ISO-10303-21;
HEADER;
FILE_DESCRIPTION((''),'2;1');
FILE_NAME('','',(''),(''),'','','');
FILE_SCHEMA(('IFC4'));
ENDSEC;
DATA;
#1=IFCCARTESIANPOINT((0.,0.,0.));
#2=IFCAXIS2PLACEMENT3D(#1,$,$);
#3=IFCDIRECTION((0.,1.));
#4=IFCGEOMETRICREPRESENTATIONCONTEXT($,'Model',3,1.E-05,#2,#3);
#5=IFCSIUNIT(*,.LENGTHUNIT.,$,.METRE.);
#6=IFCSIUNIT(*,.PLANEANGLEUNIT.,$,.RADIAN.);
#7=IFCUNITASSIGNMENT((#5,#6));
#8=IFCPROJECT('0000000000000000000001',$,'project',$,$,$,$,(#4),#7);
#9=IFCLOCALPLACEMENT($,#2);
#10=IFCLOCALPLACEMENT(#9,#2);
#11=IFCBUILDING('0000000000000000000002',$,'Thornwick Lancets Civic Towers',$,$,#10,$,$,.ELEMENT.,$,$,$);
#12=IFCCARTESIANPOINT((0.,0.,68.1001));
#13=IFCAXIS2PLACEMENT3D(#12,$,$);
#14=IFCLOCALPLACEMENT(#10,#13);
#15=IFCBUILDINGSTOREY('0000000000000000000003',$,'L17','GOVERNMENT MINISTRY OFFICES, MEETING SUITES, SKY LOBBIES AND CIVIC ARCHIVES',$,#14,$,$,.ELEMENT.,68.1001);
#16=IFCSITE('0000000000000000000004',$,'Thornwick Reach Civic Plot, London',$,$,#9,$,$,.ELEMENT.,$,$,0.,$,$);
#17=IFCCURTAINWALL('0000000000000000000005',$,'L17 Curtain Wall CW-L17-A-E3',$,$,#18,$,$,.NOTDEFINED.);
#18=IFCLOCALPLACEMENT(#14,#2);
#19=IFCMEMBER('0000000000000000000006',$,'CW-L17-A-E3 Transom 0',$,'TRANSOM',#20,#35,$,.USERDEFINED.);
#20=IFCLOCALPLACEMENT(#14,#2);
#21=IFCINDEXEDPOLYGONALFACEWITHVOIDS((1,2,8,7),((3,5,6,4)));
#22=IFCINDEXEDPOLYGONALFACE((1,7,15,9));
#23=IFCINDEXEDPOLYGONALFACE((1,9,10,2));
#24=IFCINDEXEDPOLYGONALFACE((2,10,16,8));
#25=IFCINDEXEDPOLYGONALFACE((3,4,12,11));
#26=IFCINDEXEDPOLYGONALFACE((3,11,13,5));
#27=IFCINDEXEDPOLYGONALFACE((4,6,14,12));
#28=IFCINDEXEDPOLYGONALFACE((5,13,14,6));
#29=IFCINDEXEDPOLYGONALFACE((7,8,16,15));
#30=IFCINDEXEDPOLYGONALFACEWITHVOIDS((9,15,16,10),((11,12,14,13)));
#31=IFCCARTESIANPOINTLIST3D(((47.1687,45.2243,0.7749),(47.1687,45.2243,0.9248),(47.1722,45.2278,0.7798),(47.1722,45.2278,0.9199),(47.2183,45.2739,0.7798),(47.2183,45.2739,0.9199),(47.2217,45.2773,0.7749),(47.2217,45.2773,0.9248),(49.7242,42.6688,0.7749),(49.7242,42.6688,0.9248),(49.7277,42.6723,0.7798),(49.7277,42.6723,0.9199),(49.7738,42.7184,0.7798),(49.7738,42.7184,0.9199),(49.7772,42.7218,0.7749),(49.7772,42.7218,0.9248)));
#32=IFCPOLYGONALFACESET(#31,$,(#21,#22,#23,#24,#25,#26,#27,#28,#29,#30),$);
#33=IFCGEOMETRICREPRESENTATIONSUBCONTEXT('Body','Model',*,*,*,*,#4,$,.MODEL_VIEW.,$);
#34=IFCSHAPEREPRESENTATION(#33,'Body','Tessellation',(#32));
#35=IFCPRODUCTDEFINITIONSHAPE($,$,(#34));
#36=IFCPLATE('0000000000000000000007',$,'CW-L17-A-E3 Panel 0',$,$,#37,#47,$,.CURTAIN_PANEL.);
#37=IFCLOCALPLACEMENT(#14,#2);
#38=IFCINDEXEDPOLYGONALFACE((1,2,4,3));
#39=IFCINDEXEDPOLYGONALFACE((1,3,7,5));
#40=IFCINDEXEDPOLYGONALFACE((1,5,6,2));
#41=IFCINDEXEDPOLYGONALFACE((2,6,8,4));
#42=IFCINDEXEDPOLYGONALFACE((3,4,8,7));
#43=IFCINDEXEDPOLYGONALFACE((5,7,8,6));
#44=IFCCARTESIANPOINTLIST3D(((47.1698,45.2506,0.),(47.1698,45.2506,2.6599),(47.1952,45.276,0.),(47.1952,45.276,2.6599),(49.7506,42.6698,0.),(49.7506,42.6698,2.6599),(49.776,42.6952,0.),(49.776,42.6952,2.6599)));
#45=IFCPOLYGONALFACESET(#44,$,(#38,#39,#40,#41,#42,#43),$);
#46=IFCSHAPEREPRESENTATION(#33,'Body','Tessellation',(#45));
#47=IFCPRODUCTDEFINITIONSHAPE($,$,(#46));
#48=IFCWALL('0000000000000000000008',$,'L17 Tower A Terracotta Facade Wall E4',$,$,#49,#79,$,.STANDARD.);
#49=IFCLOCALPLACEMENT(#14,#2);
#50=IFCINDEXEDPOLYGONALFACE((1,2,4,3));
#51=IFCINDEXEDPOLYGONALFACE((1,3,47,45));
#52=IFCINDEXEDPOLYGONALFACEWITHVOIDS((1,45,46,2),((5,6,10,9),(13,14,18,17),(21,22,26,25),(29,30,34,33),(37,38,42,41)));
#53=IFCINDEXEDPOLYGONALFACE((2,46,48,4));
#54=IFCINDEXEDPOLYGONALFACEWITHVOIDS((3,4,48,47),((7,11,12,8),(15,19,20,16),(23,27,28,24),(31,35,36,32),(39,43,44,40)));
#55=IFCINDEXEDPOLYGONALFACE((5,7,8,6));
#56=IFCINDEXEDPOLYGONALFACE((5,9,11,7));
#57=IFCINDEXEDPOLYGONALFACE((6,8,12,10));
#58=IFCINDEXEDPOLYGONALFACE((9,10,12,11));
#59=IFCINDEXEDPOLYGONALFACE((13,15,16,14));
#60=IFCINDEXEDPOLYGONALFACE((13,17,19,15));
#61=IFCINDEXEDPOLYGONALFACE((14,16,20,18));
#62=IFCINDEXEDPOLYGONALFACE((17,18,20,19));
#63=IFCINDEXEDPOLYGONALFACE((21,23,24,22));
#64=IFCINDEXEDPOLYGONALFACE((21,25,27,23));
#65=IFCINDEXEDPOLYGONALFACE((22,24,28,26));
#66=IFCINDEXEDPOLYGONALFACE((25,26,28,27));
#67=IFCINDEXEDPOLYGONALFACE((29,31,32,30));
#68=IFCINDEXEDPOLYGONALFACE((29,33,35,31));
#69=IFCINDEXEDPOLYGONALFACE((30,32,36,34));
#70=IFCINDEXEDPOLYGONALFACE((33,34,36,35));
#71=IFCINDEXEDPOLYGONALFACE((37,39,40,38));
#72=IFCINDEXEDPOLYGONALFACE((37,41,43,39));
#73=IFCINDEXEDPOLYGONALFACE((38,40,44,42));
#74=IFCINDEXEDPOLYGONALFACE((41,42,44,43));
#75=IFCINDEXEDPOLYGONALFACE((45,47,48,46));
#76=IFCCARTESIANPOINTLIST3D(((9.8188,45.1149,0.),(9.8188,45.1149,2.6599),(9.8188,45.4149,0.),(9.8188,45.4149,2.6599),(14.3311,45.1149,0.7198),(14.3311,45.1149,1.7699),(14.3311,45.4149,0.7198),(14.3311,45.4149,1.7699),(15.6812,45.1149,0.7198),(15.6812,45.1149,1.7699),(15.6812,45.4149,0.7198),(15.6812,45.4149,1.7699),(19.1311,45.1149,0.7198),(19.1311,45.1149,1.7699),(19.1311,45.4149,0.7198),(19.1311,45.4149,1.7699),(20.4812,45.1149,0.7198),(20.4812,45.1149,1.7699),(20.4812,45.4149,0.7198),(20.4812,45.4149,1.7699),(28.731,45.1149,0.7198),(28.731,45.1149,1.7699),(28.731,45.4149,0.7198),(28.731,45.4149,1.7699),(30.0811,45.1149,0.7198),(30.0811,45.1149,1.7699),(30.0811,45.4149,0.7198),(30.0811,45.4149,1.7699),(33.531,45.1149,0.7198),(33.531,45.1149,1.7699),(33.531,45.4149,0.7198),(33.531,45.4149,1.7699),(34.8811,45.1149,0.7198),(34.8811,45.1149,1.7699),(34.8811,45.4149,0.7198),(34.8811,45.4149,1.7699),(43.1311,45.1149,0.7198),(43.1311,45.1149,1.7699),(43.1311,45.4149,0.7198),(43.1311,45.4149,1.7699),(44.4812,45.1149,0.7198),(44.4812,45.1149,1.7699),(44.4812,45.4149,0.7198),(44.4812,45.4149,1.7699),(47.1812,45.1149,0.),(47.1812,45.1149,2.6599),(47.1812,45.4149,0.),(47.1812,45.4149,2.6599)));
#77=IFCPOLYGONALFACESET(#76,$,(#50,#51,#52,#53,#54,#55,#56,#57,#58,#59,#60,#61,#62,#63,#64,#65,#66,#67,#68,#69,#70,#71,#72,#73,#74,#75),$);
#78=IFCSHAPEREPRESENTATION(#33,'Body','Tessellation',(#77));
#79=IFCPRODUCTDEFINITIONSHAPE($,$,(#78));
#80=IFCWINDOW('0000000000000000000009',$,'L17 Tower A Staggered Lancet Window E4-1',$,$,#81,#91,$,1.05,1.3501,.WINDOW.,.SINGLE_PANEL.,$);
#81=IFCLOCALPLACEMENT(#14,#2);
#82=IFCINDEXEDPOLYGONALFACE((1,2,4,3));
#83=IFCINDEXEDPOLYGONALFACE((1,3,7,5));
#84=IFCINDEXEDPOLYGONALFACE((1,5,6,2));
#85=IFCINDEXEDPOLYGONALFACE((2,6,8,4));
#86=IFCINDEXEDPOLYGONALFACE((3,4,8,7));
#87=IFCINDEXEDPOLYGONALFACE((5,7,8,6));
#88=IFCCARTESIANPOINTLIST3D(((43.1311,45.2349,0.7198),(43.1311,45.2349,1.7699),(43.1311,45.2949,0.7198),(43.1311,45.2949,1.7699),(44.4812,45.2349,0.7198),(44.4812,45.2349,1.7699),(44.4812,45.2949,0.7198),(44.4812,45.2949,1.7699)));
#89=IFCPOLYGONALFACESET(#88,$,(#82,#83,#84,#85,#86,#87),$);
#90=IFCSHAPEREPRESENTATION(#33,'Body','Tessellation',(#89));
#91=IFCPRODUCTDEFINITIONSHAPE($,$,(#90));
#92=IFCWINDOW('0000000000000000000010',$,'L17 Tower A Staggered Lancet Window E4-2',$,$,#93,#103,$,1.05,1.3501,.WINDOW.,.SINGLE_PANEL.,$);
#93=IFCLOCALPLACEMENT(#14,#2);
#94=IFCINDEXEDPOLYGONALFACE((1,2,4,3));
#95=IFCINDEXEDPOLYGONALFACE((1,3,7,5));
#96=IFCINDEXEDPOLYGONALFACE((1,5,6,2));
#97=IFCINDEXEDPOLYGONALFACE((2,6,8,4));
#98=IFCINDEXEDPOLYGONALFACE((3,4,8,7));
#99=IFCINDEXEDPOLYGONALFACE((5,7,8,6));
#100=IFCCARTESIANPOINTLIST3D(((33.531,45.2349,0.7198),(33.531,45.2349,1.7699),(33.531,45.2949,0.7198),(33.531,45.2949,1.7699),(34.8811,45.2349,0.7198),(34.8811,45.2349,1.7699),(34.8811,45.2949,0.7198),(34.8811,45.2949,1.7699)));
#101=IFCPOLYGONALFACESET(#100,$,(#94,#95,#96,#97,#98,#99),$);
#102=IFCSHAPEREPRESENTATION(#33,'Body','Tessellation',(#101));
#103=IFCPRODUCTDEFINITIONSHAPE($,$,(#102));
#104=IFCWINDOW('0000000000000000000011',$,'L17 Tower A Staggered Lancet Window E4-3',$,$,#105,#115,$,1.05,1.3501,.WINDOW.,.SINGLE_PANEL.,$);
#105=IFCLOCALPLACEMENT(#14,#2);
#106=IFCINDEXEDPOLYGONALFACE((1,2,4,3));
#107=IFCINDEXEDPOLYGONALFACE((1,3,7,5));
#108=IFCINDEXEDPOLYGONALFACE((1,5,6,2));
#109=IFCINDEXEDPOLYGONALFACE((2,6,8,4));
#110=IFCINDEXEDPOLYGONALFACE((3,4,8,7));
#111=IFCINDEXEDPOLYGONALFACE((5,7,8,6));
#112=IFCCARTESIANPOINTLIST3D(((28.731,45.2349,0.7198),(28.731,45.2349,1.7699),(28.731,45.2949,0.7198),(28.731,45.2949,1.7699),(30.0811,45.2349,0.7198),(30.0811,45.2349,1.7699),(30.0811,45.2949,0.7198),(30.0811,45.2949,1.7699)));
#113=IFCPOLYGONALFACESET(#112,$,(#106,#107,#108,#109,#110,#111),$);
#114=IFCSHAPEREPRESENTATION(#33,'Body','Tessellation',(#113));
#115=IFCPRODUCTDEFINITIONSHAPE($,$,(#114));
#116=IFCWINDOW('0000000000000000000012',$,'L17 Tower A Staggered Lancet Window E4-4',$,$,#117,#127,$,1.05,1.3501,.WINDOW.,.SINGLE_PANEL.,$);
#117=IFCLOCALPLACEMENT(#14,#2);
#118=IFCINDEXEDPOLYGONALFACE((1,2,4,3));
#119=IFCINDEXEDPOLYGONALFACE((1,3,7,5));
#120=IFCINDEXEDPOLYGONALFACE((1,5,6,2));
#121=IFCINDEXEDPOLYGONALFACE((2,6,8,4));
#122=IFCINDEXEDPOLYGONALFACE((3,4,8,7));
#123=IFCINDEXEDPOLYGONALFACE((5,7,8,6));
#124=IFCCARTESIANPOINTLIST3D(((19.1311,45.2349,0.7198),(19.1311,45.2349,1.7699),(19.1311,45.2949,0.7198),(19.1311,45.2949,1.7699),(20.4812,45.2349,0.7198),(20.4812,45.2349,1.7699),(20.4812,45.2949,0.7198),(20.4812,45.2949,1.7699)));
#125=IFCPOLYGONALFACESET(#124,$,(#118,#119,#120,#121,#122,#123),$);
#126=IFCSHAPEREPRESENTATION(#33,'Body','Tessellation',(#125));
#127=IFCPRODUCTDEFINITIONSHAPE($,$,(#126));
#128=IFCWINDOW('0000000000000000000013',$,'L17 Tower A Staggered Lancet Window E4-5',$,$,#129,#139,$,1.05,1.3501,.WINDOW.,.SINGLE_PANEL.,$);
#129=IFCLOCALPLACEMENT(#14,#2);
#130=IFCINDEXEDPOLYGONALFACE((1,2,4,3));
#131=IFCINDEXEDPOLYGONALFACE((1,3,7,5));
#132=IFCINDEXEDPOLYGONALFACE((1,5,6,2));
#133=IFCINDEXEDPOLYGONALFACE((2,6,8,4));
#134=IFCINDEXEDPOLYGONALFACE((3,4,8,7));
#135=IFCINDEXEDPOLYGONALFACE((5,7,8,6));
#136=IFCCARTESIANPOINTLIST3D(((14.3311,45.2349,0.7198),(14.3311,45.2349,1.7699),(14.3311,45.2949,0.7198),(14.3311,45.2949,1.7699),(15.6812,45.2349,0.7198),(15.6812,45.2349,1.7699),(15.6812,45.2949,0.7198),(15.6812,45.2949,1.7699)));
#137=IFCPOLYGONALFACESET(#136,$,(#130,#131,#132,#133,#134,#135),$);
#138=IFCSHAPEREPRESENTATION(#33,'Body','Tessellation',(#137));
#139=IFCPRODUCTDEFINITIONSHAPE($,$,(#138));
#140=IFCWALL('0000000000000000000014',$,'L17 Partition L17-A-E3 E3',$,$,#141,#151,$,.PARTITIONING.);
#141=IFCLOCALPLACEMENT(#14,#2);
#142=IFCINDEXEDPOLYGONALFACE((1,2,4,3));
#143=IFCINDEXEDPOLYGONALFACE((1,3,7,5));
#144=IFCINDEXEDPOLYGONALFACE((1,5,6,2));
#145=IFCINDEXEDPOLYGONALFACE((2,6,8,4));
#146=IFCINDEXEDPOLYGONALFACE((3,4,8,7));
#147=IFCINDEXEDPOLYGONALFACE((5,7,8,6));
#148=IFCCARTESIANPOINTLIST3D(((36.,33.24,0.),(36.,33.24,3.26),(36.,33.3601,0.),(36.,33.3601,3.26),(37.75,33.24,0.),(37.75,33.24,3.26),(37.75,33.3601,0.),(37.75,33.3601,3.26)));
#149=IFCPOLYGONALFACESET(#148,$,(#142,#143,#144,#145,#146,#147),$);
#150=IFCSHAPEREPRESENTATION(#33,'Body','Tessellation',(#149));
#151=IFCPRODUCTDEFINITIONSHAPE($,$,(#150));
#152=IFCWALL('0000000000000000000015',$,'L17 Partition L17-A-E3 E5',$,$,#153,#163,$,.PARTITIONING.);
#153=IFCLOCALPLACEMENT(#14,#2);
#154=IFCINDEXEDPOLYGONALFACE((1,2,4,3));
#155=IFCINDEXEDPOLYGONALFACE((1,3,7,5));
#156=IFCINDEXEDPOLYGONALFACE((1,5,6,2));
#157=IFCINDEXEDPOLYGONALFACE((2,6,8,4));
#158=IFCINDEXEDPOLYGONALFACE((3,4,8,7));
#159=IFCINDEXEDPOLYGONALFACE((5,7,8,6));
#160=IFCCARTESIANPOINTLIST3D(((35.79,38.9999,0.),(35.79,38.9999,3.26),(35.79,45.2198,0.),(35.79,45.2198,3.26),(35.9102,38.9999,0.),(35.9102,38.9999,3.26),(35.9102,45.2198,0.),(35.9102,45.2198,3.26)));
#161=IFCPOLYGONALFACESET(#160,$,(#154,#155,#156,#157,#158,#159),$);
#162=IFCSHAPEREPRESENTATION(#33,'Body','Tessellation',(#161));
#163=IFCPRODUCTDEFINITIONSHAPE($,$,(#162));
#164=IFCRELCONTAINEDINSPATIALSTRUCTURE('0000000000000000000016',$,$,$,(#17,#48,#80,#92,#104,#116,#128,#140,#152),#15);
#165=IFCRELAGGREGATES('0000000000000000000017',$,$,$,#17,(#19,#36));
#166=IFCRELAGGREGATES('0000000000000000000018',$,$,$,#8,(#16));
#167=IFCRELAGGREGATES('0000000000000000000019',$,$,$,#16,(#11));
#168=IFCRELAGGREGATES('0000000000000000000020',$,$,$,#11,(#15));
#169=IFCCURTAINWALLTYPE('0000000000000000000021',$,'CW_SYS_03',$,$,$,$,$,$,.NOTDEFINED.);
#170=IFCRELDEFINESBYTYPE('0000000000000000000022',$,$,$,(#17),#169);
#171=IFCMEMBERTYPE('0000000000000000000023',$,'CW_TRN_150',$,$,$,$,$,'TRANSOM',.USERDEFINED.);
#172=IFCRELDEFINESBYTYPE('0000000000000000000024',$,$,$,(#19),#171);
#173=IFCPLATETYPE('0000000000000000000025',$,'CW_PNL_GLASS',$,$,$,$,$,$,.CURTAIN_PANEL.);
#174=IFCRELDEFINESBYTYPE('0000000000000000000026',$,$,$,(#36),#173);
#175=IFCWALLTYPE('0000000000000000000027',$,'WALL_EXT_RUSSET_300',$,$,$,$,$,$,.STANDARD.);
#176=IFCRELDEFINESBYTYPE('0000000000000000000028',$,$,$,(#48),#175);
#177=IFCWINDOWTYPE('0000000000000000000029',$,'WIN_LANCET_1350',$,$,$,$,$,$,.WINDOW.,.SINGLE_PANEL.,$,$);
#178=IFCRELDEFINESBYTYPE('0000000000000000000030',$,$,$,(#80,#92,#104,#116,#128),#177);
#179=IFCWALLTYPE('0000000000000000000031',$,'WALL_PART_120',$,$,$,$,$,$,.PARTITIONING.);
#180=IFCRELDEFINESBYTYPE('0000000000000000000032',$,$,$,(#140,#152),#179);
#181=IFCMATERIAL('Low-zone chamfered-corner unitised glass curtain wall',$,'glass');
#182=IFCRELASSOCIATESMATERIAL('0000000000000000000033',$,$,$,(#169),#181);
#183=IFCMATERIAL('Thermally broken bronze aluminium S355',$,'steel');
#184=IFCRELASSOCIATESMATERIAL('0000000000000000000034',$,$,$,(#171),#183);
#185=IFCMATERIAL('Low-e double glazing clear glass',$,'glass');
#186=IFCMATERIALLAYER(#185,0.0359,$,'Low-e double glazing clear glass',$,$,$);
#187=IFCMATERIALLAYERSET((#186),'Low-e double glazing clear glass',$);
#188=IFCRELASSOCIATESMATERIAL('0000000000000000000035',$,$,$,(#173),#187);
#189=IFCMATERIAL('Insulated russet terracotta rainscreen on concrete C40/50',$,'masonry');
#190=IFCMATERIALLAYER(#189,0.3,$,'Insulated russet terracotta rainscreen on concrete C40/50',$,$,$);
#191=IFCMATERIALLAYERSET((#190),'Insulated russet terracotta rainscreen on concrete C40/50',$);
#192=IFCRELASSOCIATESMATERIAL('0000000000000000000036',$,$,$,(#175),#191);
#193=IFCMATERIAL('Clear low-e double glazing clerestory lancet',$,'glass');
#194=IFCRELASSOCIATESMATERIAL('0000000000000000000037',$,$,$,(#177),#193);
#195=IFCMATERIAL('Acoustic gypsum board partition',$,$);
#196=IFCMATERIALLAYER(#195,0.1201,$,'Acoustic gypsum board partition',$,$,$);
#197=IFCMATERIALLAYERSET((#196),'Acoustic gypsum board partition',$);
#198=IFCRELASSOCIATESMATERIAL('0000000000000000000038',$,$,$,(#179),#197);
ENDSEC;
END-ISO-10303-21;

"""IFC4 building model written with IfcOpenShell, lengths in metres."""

from ifc_helpers import new_model, si_unit, direction, frame, frame_2d, origin, origin_2d, place, context, subcontext, project, spatial, rectangle, hollow_rectangle, extrude, material, layer, layer_set, material_profile, profile_set, type_object, element, fill, aggregate, save


model = new_model("IFC4")

# Units and contexts
model_context = context("Model", 3, precision=1e-05, world=origin(), true_north=direction((0.0, 1.0)))
body_context = subcontext(model_context, "Body", "Model", "MODEL_VIEW")
ifc_project = project(units=[si_unit("LENGTHUNIT", "METRE"), si_unit("PLANEANGLEUNIT", "RADIAN")], contexts=[model_context])

# Site, building, storey
site_placement = place(None, origin())
site = spatial("IfcSite", under=ifc_project, at=site_placement, Name="Thornwick Reach Civic Plot, London", CompositionType="ELEMENT", RefElevation=0.0)
building_placement = place(site_placement, origin())
building = spatial("IfcBuilding", under=site, at=building_placement, Name="Thornwick Lancets Civic Towers", CompositionType="ELEMENT")
storey_placement = place(building_placement, frame((0.0, 0.0, 68.1001)))
storey = spatial("IfcBuildingStorey", under=building, at=storey_placement, Name="L17", Description="GOVERNMENT MINISTRY OFFICES, MEETING SUITES, SKY LOBBIES AND CIVIC ARCHIVES", CompositionType="ELEMENT", Elevation=68.1001)

# Curtain wall, member, plate
ifc_material_1 = material(Name="Low-zone chamfered-corner unitised glass curtain wall", Category="glass")
curtain_wall_type = type_object("IfcCurtainWallType", Name="CW_SYS_03", PredefinedType="NOTDEFINED", material=ifc_material_1)
curtain_wall_placement = place(storey_placement, origin())
curtain_wall = element("IfcCurtainWall", 1, at=curtain_wall_placement, inside=storey, type_object=curtain_wall_type, Name="L17 Curtain Wall CW-L17-A-E3", PredefinedType="NOTDEFINED")
ifc_material_2 = material(Name="Thermally broken bronze aluminium S355", Category="steel")
ifc_material_profile_1 = material_profile(ifc_material_2, hollow_rectangle(XDim=0.075, YDim=0.1499, WallThickness=0.0049, at=origin_2d()), Name="RHS 150x75x5")
ifc_profile_set_1 = profile_set([ifc_material_profile_1], Name="Thermally broken bronze aluminium S355")
member_type_1 = type_object("IfcMemberType", Name="CW_TRN_150", ElementType="TRANSOM", PredefinedType="USERDEFINED", material=ifc_profile_set_1)
member_1_placement = place(storey_placement, frame((49.7507, 42.6953, 0.8499), z_axis=(-0.707107, 0.707107, 0.0), x_axis=(-0.707107, -0.707107, 0.0)))
member_1 = element("IfcMember", 2, at=member_1_placement, type_object=member_type_1, Name="CW-L17-A-E3 Transom 0", ObjectType="TRANSOM", PredefinedType="USERDEFINED", context=body_context, shape_type="SweptSolid", body=[
    extrude(hollow_rectangle(XDim=0.075, YDim=0.1499, WallThickness=0.0049, at=origin_2d()), origin(), (0.0, 0.0, 1.0), 3.614),
])
ifc_material_3 = material(Name="Low-e double glazing clear glass", Category="glass")
ifc_layer_1 = layer(ifc_material_3, 0.0359, Name="Low-e double glazing clear glass")
ifc_layer_set_1 = layer_set([ifc_layer_1], Name="Low-e double glazing clear glass")
plate_type = type_object("IfcPlateType", Name="CW_PNL_GLASS", PredefinedType="CURTAIN_PANEL", material=ifc_layer_set_1)
plate_placement = place(storey_placement, frame((48.4729, 43.9729, 0.0), z_axis=(0.0, 0.0, 1.0), x_axis=(-0.707107, 0.707107, 0.0)))
plate = element("IfcPlate", 3, at=plate_placement, type_object=plate_type, Name="CW-L17-A-E3 Panel 0", PredefinedType="CURTAIN_PANEL", context=body_context, shape_type="SweptSolid", body=[
    extrude(rectangle(XDim=3.6499, YDim=0.0359, at=origin_2d()), origin(), (0.0, 0.0, 1.0), 2.6599),
])
aggregate(curtain_wall, [member_1, plate])

# Wall, openings, windows
ifc_material_4 = material(Name="Insulated russet terracotta rainscreen on concrete C40/50", Category="masonry")
ifc_layer_2 = layer(ifc_material_4, 0.3, Name="Insulated russet terracotta rainscreen on concrete C40/50")
ifc_layer_set_2 = layer_set([ifc_layer_2], Name="Insulated russet terracotta rainscreen on concrete C40/50")
wall_type_1 = type_object("IfcWallType", Name="WALL_EXT_RUSSET_300", PredefinedType="STANDARD", material=ifc_layer_set_2)
wall_1_placement = place(storey_placement, frame((47.1812, 45.2649, 0.0), z_axis=(0.0, 0.0, 1.0), x_axis=(-1.0, 0.0, 0.0)))
wall_1 = element("IfcWall", 4, at=wall_1_placement, inside=storey, type_object=wall_type_1, Name="L17 Tower A Terracotta Facade Wall E4", PredefinedType="STANDARD", context=body_context, shape_type="SweptSolid", body=[
    extrude(rectangle(XDim=37.3623, YDim=0.3, at=frame_2d((18.6812, 0.0))), origin(), (0.0, 0.0, 1.0), 2.6599),
])
opening_1_placement = place(wall_1_placement, frame((2.7, 0.0, 0.72)))
opening_1 = element("IfcOpeningElement", 5, at=opening_1_placement, cuts=wall_1, PredefinedType="OPENING", context=body_context, shape_type="SweptSolid", body=[
    extrude(rectangle(XDim=1.3501, YDim=1.05, at=frame_2d((0.675, 0.5249))), frame((0.0, 0.1602, 0.0), z_axis=(0.0, -1.0, 0.0), x_axis=(1.0, 0.0, 0.0)), (0.0, 0.0, 1.0), 0.3201),
])
opening_2_placement = place(wall_1_placement, frame((12.3, 0.0, 0.72)))
opening_2 = element("IfcOpeningElement", 6, at=opening_2_placement, cuts=wall_1, PredefinedType="OPENING", context=body_context, shape_type="SweptSolid", body=[
    extrude(rectangle(XDim=1.3501, YDim=1.05, at=frame_2d((0.675, 0.5249))), frame((0.0, 0.1602, 0.0), z_axis=(0.0, -1.0, 0.0), x_axis=(1.0, 0.0, 0.0)), (0.0, 0.0, 1.0), 0.3201),
])
opening_3_placement = place(wall_1_placement, frame((17.1001, 0.0, 0.72)))
opening_3 = element("IfcOpeningElement", 7, at=opening_3_placement, cuts=wall_1, PredefinedType="OPENING", context=body_context, shape_type="SweptSolid", body=[
    extrude(rectangle(XDim=1.3501, YDim=1.05, at=frame_2d((0.675, 0.5249))), frame((0.0, 0.1602, 0.0), z_axis=(0.0, -1.0, 0.0), x_axis=(1.0, 0.0, 0.0)), (0.0, 0.0, 1.0), 0.3201),
])
opening_4_placement = place(wall_1_placement, frame((26.7, 0.0, 0.72)))
opening_4 = element("IfcOpeningElement", 8, at=opening_4_placement, cuts=wall_1, PredefinedType="OPENING", context=body_context, shape_type="SweptSolid", body=[
    extrude(rectangle(XDim=1.3501, YDim=1.05, at=frame_2d((0.675, 0.5249))), frame((0.0, 0.1602, 0.0), z_axis=(0.0, -1.0, 0.0), x_axis=(1.0, 0.0, 0.0)), (0.0, 0.0, 1.0), 0.3201),
])
opening_5_placement = place(wall_1_placement, frame((31.5, 0.0, 0.72)))
opening_5 = element("IfcOpeningElement", 9, at=opening_5_placement, cuts=wall_1, PredefinedType="OPENING", context=body_context, shape_type="SweptSolid", body=[
    extrude(rectangle(XDim=1.3501, YDim=1.05, at=frame_2d((0.675, 0.5249))), frame((0.0, 0.1602, 0.0), z_axis=(0.0, -1.0, 0.0), x_axis=(1.0, 0.0, 0.0)), (0.0, 0.0, 1.0), 0.3201),
])
ifc_material_5 = material(Name="Clear low-e double glazing clerestory lancet", Category="glass")
window_type = type_object("IfcWindowType", Name="WIN_LANCET_1350", PartitioningType="SINGLE_PANEL", PredefinedType="WINDOW", material=ifc_material_5)
window_1_placement = place(opening_1_placement, origin())
window_1 = element("IfcWindow", 10, at=window_1_placement, inside=storey, type_object=window_type, Name="L17 Tower A Staggered Lancet Window E4-1", OverallHeight=1.05, OverallWidth=1.3501, PartitioningType="SINGLE_PANEL", PredefinedType="WINDOW", context=body_context, shape_type="SweptSolid", body=[
    extrude(rectangle(XDim=1.3501, YDim=1.05, at=frame_2d((0.675, 0.5249))), frame((0.0, 0.03, 0.0), z_axis=(0.0, -1.0, 0.0), x_axis=(1.0, 0.0, 0.0)), (0.0, 0.0, 1.0), 0.0601),
])
fill(opening_1, window_1)
window_2_placement = place(opening_2_placement, origin())
window_2 = element("IfcWindow", 11, at=window_2_placement, inside=storey, type_object=window_type, Name="L17 Tower A Staggered Lancet Window E4-2", OverallHeight=1.05, OverallWidth=1.3501, PartitioningType="SINGLE_PANEL", PredefinedType="WINDOW", context=body_context, shape_type="SweptSolid", body=[
    extrude(rectangle(XDim=1.3501, YDim=1.05, at=frame_2d((0.675, 0.5249))), frame((0.0, 0.03, 0.0), z_axis=(0.0, -1.0, 0.0), x_axis=(1.0, 0.0, 0.0)), (0.0, 0.0, 1.0), 0.0601),
])
fill(opening_2, window_2)
window_3_placement = place(opening_3_placement, origin())
window_3 = element("IfcWindow", 12, at=window_3_placement, inside=storey, type_object=window_type, Name="L17 Tower A Staggered Lancet Window E4-3", OverallHeight=1.05, OverallWidth=1.3501, PartitioningType="SINGLE_PANEL", PredefinedType="WINDOW", context=body_context, shape_type="SweptSolid", body=[
    extrude(rectangle(XDim=1.3501, YDim=1.05, at=frame_2d((0.675, 0.5249))), frame((0.0, 0.03, 0.0), z_axis=(0.0, -1.0, 0.0), x_axis=(1.0, 0.0, 0.0)), (0.0, 0.0, 1.0), 0.0601),
])
fill(opening_3, window_3)
window_4_placement = place(opening_4_placement, origin())
window_4 = element("IfcWindow", 13, at=window_4_placement, inside=storey, type_object=window_type, Name="L17 Tower A Staggered Lancet Window E4-4", OverallHeight=1.05, OverallWidth=1.3501, PartitioningType="SINGLE_PANEL", PredefinedType="WINDOW", context=body_context, shape_type="SweptSolid", body=[
    extrude(rectangle(XDim=1.3501, YDim=1.05, at=frame_2d((0.675, 0.5249))), frame((0.0, 0.03, 0.0), z_axis=(0.0, -1.0, 0.0), x_axis=(1.0, 0.0, 0.0)), (0.0, 0.0, 1.0), 0.0601),
])
fill(opening_4, window_4)
window_5_placement = place(opening_5_placement, origin())
window_5 = element("IfcWindow", 14, at=window_5_placement, inside=storey, type_object=window_type, Name="L17 Tower A Staggered Lancet Window E4-5", OverallHeight=1.05, OverallWidth=1.3501, PartitioningType="SINGLE_PANEL", PredefinedType="WINDOW", context=body_context, shape_type="SweptSolid", body=[
    extrude(rectangle(XDim=1.3501, YDim=1.05, at=frame_2d((0.675, 0.5249))), frame((0.0, 0.03, 0.0), z_axis=(0.0, -1.0, 0.0), x_axis=(1.0, 0.0, 0.0)), (0.0, 0.0, 1.0), 0.0601),
])
fill(opening_5, window_5)

# Walls
ifc_material_6 = material(Name="Acoustic gypsum board partition")
ifc_layer_3 = layer(ifc_material_6, 0.1201, Name="Acoustic gypsum board partition")
ifc_layer_set_3 = layer_set([ifc_layer_3], Name="Acoustic gypsum board partition")
wall_type_2 = type_object("IfcWallType", Name="WALL_PART_120", PredefinedType="PARTITIONING", material=ifc_layer_set_3)
wall_2_placement = place(storey_placement, frame((37.75, 33.3, 0.0), z_axis=(0.0, 0.0, 1.0), x_axis=(-1.0, 0.0, 0.0)))
element("IfcWall", 15, at=wall_2_placement, inside=storey, type_object=wall_type_2, Name="L17 Partition L17-A-E3 E3", PredefinedType="PARTITIONING", context=body_context, shape_type="SweptSolid", body=[
    extrude(rectangle(XDim=1.75, YDim=0.1201, at=frame_2d((0.875, 0.0))), origin(), (0.0, 0.0, 1.0), 3.26),
])
wall_3_placement = place(storey_placement, frame((35.8501, 39.0, 0.0), z_axis=(0.0, 0.0, 1.0), x_axis=(0.0, 1.0, 0.0)))
element("IfcWall", 16, at=wall_3_placement, inside=storey, type_object=wall_type_2, Name="L17 Partition L17-A-E3 E5", PredefinedType="PARTITIONING", context=body_context, shape_type="SweptSolid", body=[
    extrude(rectangle(XDim=6.22, YDim=0.1201, at=frame_2d((3.1099, 0.0))), origin(), (0.0, 0.0, 1.0), 3.26),
])

save(model, "model.ifc")
